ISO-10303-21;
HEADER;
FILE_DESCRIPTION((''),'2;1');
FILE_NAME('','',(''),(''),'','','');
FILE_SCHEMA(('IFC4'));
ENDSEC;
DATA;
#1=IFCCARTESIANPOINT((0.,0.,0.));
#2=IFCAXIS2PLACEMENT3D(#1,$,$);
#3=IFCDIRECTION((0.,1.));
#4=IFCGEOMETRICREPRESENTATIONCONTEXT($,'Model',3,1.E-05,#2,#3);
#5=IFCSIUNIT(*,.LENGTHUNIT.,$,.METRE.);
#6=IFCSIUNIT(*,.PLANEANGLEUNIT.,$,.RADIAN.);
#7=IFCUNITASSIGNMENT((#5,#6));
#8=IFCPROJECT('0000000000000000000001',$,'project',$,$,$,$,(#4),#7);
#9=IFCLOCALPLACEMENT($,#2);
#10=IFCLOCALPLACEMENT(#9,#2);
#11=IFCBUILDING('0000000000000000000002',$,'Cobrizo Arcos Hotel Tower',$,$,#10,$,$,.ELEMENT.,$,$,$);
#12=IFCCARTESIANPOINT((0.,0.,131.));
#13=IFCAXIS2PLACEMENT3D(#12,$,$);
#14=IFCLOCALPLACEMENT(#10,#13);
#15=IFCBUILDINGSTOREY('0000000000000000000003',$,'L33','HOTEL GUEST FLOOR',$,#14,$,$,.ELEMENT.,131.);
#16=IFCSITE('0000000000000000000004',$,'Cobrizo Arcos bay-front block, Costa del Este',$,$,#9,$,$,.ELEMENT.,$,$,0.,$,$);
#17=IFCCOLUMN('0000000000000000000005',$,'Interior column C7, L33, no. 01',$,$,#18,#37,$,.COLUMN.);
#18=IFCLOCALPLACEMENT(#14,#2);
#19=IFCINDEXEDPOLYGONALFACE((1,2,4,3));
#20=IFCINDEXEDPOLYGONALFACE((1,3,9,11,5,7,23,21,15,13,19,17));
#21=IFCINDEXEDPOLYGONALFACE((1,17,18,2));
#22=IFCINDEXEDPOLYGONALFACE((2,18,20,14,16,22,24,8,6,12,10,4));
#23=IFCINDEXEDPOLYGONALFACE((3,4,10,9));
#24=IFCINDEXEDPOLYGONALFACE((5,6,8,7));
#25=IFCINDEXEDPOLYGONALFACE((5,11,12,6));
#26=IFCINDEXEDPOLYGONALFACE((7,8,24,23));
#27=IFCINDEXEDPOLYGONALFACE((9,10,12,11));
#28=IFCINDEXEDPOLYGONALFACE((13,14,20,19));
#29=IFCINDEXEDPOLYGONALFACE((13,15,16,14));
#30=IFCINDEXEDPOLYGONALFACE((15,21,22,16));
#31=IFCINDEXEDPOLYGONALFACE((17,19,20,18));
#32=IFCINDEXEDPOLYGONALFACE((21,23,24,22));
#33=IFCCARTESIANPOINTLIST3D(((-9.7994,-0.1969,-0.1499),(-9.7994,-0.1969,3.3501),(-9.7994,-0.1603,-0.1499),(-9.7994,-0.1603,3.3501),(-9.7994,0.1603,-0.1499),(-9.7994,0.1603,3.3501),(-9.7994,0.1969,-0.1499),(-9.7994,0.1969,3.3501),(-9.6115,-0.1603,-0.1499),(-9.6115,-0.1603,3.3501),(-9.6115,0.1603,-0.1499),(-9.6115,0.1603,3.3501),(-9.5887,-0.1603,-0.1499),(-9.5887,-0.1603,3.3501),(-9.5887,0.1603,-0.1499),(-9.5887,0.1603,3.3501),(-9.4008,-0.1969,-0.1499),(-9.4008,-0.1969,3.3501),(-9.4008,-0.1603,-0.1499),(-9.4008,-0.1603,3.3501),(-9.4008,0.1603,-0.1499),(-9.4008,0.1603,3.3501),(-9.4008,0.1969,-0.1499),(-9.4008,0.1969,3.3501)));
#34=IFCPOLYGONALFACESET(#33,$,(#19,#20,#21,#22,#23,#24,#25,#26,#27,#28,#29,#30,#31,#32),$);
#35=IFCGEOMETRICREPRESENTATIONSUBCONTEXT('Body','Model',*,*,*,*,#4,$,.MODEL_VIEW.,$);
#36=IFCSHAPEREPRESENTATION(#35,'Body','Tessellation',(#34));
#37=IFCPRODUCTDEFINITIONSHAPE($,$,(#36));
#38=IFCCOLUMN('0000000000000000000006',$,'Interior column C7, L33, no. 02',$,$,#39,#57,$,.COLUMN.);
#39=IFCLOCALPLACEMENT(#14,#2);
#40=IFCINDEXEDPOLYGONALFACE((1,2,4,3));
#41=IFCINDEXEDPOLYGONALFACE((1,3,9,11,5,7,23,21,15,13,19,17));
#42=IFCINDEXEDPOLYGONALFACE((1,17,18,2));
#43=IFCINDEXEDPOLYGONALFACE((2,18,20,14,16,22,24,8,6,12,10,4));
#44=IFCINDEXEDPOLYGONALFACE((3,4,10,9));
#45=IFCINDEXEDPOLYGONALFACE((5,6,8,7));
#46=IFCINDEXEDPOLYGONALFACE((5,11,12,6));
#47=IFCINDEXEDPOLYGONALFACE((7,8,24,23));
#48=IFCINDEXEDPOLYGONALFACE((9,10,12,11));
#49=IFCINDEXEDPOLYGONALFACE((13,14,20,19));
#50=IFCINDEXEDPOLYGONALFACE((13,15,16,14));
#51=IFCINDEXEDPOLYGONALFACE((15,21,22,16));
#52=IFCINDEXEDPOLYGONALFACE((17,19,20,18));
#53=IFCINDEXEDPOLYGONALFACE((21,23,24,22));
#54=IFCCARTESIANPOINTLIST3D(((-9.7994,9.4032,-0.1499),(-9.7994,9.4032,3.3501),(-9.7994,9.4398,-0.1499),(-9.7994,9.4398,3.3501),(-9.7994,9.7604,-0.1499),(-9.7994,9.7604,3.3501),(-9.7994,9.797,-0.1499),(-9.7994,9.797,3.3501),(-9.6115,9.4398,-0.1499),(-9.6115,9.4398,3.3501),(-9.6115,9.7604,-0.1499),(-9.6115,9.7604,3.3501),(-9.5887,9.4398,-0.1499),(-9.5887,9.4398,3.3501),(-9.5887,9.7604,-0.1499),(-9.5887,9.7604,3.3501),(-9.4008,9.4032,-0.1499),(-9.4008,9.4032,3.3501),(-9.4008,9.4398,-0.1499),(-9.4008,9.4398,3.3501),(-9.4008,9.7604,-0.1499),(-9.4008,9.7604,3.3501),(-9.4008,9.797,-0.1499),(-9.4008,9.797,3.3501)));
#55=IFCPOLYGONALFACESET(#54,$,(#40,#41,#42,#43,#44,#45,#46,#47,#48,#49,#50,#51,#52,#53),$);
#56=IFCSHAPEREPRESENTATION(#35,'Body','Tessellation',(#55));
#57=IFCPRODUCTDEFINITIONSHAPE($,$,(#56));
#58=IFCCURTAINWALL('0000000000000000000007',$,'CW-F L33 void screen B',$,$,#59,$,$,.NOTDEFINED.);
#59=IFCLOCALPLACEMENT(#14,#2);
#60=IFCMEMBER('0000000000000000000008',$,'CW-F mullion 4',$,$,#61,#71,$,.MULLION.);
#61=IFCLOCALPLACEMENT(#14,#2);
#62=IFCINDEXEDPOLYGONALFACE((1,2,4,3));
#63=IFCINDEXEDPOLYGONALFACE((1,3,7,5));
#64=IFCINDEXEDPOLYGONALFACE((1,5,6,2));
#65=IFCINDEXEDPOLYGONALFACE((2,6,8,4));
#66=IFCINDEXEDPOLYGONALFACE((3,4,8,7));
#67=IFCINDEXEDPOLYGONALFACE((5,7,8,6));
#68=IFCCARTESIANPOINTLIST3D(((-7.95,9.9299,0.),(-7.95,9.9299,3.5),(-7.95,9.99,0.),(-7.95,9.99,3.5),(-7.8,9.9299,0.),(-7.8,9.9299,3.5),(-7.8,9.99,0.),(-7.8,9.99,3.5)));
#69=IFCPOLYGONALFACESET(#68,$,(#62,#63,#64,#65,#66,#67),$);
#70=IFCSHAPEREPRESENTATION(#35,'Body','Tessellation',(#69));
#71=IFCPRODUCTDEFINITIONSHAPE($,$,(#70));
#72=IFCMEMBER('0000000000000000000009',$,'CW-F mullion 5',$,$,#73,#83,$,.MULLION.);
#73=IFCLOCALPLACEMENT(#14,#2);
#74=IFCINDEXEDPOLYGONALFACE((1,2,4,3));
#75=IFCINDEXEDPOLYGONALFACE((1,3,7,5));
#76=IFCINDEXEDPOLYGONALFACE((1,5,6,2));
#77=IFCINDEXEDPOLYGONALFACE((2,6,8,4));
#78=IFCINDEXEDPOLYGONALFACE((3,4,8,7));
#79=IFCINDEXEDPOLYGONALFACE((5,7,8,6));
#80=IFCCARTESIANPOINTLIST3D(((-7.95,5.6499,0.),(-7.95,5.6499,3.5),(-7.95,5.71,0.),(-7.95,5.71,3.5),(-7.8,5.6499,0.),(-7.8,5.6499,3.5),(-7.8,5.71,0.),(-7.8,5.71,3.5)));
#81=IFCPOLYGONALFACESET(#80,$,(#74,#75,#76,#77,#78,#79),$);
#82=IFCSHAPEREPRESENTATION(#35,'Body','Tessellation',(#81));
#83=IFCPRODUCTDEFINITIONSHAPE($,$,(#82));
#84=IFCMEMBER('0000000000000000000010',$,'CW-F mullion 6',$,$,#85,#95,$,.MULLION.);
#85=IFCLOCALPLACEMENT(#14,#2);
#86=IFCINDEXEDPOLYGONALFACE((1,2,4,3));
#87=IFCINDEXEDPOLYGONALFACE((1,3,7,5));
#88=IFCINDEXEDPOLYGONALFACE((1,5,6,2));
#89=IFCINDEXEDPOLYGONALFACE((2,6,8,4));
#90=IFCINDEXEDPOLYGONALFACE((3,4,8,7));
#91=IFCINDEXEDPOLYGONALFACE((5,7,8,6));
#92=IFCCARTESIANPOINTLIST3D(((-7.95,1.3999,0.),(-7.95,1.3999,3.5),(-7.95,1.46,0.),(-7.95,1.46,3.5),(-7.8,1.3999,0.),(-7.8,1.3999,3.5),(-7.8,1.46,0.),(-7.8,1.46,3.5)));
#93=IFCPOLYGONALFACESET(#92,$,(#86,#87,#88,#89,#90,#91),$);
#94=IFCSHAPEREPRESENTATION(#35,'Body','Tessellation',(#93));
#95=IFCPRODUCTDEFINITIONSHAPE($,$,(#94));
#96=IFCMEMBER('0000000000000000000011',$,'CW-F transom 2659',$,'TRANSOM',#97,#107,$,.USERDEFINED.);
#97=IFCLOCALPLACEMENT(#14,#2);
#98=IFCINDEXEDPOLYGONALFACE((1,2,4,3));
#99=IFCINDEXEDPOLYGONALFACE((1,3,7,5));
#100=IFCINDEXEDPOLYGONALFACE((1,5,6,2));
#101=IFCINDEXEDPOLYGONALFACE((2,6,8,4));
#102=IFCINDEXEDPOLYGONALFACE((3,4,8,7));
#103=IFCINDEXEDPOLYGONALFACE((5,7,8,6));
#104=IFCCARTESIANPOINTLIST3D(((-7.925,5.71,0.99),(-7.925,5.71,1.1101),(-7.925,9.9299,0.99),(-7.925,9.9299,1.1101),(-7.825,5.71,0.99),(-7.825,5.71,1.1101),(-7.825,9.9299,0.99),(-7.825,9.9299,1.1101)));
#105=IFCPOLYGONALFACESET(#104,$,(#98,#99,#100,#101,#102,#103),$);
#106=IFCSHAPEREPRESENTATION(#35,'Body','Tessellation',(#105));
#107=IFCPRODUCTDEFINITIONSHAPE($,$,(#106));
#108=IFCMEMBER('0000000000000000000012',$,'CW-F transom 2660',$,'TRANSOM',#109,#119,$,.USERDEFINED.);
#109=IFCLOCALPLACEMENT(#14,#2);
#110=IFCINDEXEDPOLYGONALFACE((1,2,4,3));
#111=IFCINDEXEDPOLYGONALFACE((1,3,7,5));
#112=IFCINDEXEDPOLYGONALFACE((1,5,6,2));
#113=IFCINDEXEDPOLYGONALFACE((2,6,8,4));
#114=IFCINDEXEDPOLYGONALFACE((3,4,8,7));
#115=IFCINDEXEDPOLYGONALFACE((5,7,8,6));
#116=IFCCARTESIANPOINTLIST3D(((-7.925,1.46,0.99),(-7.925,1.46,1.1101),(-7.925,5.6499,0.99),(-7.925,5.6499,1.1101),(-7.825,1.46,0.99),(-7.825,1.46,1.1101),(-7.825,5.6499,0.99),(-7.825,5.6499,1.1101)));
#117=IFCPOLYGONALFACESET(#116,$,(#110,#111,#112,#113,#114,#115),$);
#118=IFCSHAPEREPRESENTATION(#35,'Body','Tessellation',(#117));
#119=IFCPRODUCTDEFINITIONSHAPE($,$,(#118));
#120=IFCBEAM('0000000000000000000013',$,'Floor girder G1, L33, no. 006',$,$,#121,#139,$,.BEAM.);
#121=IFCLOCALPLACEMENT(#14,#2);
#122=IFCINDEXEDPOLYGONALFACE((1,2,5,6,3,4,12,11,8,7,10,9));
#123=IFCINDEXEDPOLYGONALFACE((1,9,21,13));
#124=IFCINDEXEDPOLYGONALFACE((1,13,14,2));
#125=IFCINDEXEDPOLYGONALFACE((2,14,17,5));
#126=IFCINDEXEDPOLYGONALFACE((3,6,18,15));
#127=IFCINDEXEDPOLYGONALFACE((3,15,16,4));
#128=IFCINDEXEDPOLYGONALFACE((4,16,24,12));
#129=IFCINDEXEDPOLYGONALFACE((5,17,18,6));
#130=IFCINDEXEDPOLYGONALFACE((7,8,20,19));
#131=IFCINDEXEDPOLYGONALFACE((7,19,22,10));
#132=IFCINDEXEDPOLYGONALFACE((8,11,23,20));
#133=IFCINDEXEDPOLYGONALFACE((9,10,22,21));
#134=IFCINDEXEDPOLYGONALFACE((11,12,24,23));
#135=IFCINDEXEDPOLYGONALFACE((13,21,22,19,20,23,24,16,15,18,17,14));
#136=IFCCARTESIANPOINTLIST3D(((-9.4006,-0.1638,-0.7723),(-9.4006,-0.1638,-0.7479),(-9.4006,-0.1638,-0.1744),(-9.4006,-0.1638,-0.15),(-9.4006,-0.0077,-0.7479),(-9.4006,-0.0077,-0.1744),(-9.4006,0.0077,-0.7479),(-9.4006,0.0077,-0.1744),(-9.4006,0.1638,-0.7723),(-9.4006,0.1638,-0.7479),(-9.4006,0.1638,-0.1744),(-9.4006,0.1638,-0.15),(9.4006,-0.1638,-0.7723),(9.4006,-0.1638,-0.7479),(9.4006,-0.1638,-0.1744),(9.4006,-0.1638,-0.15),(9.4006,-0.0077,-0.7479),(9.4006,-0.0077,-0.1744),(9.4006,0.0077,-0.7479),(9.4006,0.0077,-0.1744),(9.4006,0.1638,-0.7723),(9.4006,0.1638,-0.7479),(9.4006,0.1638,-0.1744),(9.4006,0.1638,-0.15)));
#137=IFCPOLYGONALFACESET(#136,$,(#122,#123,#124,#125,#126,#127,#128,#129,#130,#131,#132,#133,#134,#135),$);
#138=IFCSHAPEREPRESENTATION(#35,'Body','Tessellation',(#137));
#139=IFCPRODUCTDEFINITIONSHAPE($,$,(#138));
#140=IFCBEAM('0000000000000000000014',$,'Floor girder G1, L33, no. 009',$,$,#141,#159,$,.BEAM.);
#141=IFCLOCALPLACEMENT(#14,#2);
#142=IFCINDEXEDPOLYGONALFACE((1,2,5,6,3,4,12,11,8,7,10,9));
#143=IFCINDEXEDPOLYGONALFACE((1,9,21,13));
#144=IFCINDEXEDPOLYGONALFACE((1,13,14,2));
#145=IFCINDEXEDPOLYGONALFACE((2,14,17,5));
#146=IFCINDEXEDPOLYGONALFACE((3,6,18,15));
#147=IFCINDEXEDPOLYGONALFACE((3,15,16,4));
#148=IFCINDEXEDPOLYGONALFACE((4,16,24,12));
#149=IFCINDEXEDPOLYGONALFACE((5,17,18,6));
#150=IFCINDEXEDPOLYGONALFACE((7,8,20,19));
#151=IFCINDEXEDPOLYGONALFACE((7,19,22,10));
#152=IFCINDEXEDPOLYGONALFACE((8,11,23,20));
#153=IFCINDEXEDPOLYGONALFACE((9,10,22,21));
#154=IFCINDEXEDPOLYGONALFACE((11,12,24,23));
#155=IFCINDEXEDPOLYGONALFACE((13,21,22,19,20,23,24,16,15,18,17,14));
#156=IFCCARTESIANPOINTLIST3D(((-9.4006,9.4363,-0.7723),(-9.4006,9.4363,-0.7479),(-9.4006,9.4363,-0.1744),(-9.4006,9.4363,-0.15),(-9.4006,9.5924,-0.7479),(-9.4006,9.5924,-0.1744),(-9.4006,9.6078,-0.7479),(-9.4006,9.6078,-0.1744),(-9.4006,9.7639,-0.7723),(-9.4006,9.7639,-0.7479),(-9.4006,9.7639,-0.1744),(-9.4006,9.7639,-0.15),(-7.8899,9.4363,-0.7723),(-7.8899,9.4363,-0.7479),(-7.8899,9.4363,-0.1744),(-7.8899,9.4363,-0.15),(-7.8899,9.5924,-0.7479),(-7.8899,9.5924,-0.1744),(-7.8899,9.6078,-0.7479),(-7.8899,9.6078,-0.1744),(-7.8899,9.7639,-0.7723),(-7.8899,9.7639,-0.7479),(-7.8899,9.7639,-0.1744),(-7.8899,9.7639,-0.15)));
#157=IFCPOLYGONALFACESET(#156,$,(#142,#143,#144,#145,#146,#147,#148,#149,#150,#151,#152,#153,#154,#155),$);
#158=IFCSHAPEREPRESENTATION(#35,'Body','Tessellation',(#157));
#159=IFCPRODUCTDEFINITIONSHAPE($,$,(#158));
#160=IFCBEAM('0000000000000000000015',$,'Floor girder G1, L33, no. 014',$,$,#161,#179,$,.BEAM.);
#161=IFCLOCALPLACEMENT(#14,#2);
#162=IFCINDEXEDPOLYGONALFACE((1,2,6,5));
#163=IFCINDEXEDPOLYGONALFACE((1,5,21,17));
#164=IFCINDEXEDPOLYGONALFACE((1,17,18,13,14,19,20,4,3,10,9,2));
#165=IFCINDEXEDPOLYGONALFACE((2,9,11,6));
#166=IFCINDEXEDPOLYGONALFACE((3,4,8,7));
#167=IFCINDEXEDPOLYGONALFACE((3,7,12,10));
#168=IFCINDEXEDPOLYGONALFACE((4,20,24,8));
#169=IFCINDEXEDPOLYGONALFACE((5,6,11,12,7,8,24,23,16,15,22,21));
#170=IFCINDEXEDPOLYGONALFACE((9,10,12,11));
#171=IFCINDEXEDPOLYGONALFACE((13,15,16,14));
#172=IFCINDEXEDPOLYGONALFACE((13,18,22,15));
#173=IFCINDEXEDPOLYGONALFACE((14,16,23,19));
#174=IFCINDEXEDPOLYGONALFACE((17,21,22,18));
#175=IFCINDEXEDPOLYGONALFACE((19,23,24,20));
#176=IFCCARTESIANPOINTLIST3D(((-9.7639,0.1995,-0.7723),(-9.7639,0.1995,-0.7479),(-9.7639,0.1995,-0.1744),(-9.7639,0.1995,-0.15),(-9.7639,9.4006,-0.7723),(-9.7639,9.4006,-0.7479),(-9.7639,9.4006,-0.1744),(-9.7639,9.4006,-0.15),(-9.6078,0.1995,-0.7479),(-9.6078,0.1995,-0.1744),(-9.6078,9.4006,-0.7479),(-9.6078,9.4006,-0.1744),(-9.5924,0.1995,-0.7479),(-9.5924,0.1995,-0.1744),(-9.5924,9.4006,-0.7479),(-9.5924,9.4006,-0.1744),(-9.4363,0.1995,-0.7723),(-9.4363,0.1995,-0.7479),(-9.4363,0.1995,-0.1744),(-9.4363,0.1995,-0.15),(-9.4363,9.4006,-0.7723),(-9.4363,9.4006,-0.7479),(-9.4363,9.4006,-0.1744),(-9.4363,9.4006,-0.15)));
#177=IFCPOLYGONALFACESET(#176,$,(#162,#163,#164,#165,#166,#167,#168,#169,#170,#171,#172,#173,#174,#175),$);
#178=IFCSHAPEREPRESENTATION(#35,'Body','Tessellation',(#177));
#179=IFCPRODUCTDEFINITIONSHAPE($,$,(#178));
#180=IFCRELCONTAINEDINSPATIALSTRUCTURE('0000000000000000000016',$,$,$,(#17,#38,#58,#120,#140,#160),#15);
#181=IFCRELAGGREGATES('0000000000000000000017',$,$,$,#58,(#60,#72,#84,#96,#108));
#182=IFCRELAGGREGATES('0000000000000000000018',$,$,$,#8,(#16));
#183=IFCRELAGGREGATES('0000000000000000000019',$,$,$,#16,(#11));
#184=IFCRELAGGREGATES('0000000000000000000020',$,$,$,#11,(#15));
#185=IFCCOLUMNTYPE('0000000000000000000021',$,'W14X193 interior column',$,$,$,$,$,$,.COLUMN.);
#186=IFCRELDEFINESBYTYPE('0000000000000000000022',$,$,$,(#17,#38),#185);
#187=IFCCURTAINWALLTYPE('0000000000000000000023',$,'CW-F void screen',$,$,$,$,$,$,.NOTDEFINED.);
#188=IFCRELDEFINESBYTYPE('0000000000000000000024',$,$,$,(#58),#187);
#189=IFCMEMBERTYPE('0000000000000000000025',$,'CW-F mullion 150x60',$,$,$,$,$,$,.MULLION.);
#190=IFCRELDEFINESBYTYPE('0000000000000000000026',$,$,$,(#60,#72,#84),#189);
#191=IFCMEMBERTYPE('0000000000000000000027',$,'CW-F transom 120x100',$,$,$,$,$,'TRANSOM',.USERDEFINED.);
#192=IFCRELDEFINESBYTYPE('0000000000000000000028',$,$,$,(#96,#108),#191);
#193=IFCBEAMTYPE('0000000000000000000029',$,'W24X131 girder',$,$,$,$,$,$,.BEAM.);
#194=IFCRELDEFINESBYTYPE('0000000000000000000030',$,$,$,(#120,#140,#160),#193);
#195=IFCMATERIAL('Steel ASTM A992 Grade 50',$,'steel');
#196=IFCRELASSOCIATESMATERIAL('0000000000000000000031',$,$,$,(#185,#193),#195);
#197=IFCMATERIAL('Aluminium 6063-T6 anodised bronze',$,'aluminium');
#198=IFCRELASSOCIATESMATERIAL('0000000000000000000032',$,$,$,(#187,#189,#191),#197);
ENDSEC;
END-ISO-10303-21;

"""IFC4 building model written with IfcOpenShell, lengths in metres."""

from ifc_helpers import new_model, si_unit, direction, frame, origin, origin_2d, place, context, subcontext, project, spatial, rectangle, i_section, extrude, material, material_profile, profile_set, type_object, element, aggregate, save


model = new_model("IFC4")

# Units and contexts
model_context = context("Model", 3, precision=1e-05, world=origin(), true_north=direction((0.0, 1.0)))
body_context = subcontext(model_context, "Body", "Model", "MODEL_VIEW")
ifc_project = project(units=[si_unit("LENGTHUNIT", "METRE"), si_unit("PLANEANGLEUNIT", "RADIAN")], contexts=[model_context])

# Site, building, storey
site_placement = place(None, origin())
site = spatial("IfcSite", under=ifc_project, at=site_placement, Name="Cobrizo Arcos bay-front block, Costa del Este", CompositionType="ELEMENT", RefElevation=0.0)
building_placement = place(site_placement, origin())
building = spatial("IfcBuilding", under=site, at=building_placement, Name="Cobrizo Arcos Hotel Tower", CompositionType="ELEMENT")
storey_placement = place(building_placement, frame((0.0, 0.0, 131.0)))
storey = spatial("IfcBuildingStorey", under=building, at=storey_placement, Name="L33", Description="HOTEL GUEST FLOOR", CompositionType="ELEMENT", Elevation=131.0)

# Columns
ifc_material_1 = material(Name="Steel ASTM A992 Grade 50", Category="steel")
ifc_material_profile_1 = material_profile(ifc_material_1, i_section(OverallWidth=0.3987, OverallDepth=0.3938, WebThickness=0.0227, FlangeThickness=0.0366, at=origin_2d()), Name="W14X193")
ifc_profile_set_1 = profile_set([ifc_material_profile_1], Name="Steel ASTM A992 Grade 50")
column_type = type_object("IfcColumnType", Name="W14X193 interior column", PredefinedType="COLUMN", material=ifc_profile_set_1)
for number, where, z_axis, x_axis, name in (
    (1, (-9.6001, 0.0, -0.1499), (0.0, 0.0, 1.0), (1.0, 0.0, 0.0), "Interior column C7, L33, no. 01"),
    (2, (-9.6001, 9.6001, -0.1499), (0.0, 0.0, 1.0), (1.0, 0.0, 0.0), "Interior column C7, L33, no. 02"),
):
    element("IfcColumn", number, at=place(storey_placement, frame(where, z_axis=z_axis, x_axis=x_axis)), inside=storey, type_object=column_type, Name=name, PredefinedType="COLUMN", context=body_context, shape_type="SweptSolid", body=[
        extrude(i_section(OverallWidth=0.3987, OverallDepth=0.3938, WebThickness=0.0227, FlangeThickness=0.0366, at=origin_2d()), origin(), (0.0, 0.0, 1.0), 3.5),
    ])

# Curtain wall, members
ifc_material_2 = material(Name="Aluminium 6063-T6 anodised bronze", Category="aluminium")
curtain_wall_type = type_object("IfcCurtainWallType", Name="CW-F void screen", PredefinedType="NOTDEFINED", material=ifc_material_2)
curtain_wall_placement = place(storey_placement, origin())
curtain_wall = element("IfcCurtainWall", 3, at=curtain_wall_placement, inside=storey, type_object=curtain_wall_type, Name="CW-F L33 void screen B", PredefinedType="NOTDEFINED")
ifc_material_profile_2 = material_profile(ifc_material_2, rectangle(XDim=0.1499, YDim=0.0601, at=origin_2d()), Name="CW-F mullion 150x60")
ifc_profile_set_2 = profile_set([ifc_material_profile_2], Name="Aluminium 6063-T6 anodised bronze")
member_type_1 = type_object("IfcMemberType", Name="CW-F mullion 150x60", PredefinedType="MULLION", material=ifc_profile_set_2)
member_1_placement = place(storey_placement, frame((-7.875, 9.96, 0.0), z_axis=(0.0, 0.0, 1.0), x_axis=(-1.0, 0.0, 0.0)))
member_1 = element("IfcMember", 4, at=member_1_placement, type_object=member_type_1, Name="CW-F mullion 4", PredefinedType="MULLION", context=body_context, shape_type="SweptSolid", body=[
    extrude(rectangle(XDim=0.1499, YDim=0.0601, at=origin_2d()), origin(), (0.0, 0.0, 1.0), 3.5),
])
member_2_placement = place(storey_placement, frame((-7.875, 5.6799, 0.0), z_axis=(0.0, 0.0, 1.0), x_axis=(-1.0, 0.0, 0.0)))
member_2 = element("IfcMember", 5, at=member_2_placement, type_object=member_type_1, Name="CW-F mullion 5", PredefinedType="MULLION", context=body_context, shape_type="SweptSolid", body=[
    extrude(rectangle(XDim=0.1499, YDim=0.0601, at=origin_2d()), origin(), (0.0, 0.0, 1.0), 3.5),
])
member_3_placement = place(storey_placement, frame((-7.875, 1.4299, 0.0), z_axis=(0.0, 0.0, 1.0), x_axis=(-1.0, 0.0, 0.0)))
member_3 = element("IfcMember", 6, at=member_3_placement, type_object=member_type_1, Name="CW-F mullion 6", PredefinedType="MULLION", context=body_context, shape_type="SweptSolid", body=[
    extrude(rectangle(XDim=0.1499, YDim=0.0601, at=origin_2d()), origin(), (0.0, 0.0, 1.0), 3.5),
])
ifc_material_profile_3 = material_profile(ifc_material_2, rectangle(XDim=0.1001, YDim=0.1201, at=origin_2d()), Name="CW-F transom 120x100")
ifc_profile_set_3 = profile_set([ifc_material_profile_3], Name="Aluminium 6063-T6 anodised bronze")
member_type_2 = type_object("IfcMemberType", Name="CW-F transom 120x100", ElementType="TRANSOM", PredefinedType="USERDEFINED", material=ifc_profile_set_3)
member_4_placement = place(storey_placement, frame((-7.875, 9.9299, 1.05), z_axis=(0.0, -1.0, 0.0), x_axis=(1.0, 0.0, 0.0)))
member_4 = element("IfcMember", 7, at=member_4_placement, type_object=member_type_2, Name="CW-F transom 2659", ObjectType="TRANSOM", PredefinedType="USERDEFINED", context=body_context, shape_type="SweptSolid", body=[
    extrude(rectangle(XDim=0.1001, YDim=0.1201, at=origin_2d()), origin(), (0.0, 0.0, 1.0), 4.22),
])
member_5_placement = place(storey_placement, frame((-7.875, 5.6499, 1.05), z_axis=(0.0, -1.0, 0.0), x_axis=(1.0, 0.0, 0.0)))
member_5 = element("IfcMember", 8, at=member_5_placement, type_object=member_type_2, Name="CW-F transom 2660", ObjectType="TRANSOM", PredefinedType="USERDEFINED", context=body_context, shape_type="SweptSolid", body=[
    extrude(rectangle(XDim=0.1001, YDim=0.1201, at=origin_2d()), origin(), (0.0, 0.0, 1.0), 4.1899),
])

# Beams
ifc_material_profile_4 = material_profile(ifc_material_1, i_section(OverallWidth=0.3276, OverallDepth=0.6223, WebThickness=0.0154, FlangeThickness=0.0244, at=origin_2d()), Name="W24X131")
ifc_profile_set_4 = profile_set([ifc_material_profile_4], Name="Steel ASTM A992 Grade 50")
beam_type_1 = type_object("IfcBeamType", Name="W24X131 girder", PredefinedType="BEAM", material=ifc_profile_set_4)
beam_1_placement = place(storey_placement, frame((-9.4006, 0.0, -0.4612), z_axis=(1.0, 0.0, 0.0), x_axis=(0.0, 1.0, 0.0)))
element("IfcBeam", 9, at=beam_1_placement, inside=storey, type_object=beam_type_1, Name="Floor girder G1, L33, no. 006", PredefinedType="BEAM", context=body_context, shape_type="SweptSolid", body=[
    extrude(i_section(OverallWidth=0.3276, OverallDepth=0.6223, WebThickness=0.0154, FlangeThickness=0.0244, at=origin_2d()), origin(), (0.0, 0.0, 1.0), 18.8013),
])
beam_2_placement = place(storey_placement, frame((-9.4006, 9.6001, -0.4612), z_axis=(1.0, 0.0, 0.0), x_axis=(0.0, 1.0, 0.0)))
element("IfcBeam", 10, at=beam_2_placement, inside=storey, type_object=beam_type_1, Name="Floor girder G1, L33, no. 009", PredefinedType="BEAM", context=body_context, shape_type="SweptSolid", body=[
    extrude(i_section(OverallWidth=0.3276, OverallDepth=0.6223, WebThickness=0.0154, FlangeThickness=0.0244, at=origin_2d()), origin(), (0.0, 0.0, 1.0), 1.5107),
])
beam_3_placement = place(storey_placement, frame((-9.6001, 0.1995, -0.4612), z_axis=(0.0, 1.0, 0.0), x_axis=(-1.0, 0.0, 0.0)))
element("IfcBeam", 11, at=beam_3_placement, inside=storey, type_object=beam_type_1, Name="Floor girder G1, L33, no. 014", PredefinedType="BEAM", context=body_context, shape_type="SweptSolid", body=[
    extrude(i_section(OverallWidth=0.3276, OverallDepth=0.6223, WebThickness=0.0154, FlangeThickness=0.0244, at=origin_2d()), origin(), (0.0, 0.0, 1.0), 9.2012),
])

aggregate(curtain_wall, [member_1, member_2, member_3, member_4, member_5])

save(model, "model.ifc")
